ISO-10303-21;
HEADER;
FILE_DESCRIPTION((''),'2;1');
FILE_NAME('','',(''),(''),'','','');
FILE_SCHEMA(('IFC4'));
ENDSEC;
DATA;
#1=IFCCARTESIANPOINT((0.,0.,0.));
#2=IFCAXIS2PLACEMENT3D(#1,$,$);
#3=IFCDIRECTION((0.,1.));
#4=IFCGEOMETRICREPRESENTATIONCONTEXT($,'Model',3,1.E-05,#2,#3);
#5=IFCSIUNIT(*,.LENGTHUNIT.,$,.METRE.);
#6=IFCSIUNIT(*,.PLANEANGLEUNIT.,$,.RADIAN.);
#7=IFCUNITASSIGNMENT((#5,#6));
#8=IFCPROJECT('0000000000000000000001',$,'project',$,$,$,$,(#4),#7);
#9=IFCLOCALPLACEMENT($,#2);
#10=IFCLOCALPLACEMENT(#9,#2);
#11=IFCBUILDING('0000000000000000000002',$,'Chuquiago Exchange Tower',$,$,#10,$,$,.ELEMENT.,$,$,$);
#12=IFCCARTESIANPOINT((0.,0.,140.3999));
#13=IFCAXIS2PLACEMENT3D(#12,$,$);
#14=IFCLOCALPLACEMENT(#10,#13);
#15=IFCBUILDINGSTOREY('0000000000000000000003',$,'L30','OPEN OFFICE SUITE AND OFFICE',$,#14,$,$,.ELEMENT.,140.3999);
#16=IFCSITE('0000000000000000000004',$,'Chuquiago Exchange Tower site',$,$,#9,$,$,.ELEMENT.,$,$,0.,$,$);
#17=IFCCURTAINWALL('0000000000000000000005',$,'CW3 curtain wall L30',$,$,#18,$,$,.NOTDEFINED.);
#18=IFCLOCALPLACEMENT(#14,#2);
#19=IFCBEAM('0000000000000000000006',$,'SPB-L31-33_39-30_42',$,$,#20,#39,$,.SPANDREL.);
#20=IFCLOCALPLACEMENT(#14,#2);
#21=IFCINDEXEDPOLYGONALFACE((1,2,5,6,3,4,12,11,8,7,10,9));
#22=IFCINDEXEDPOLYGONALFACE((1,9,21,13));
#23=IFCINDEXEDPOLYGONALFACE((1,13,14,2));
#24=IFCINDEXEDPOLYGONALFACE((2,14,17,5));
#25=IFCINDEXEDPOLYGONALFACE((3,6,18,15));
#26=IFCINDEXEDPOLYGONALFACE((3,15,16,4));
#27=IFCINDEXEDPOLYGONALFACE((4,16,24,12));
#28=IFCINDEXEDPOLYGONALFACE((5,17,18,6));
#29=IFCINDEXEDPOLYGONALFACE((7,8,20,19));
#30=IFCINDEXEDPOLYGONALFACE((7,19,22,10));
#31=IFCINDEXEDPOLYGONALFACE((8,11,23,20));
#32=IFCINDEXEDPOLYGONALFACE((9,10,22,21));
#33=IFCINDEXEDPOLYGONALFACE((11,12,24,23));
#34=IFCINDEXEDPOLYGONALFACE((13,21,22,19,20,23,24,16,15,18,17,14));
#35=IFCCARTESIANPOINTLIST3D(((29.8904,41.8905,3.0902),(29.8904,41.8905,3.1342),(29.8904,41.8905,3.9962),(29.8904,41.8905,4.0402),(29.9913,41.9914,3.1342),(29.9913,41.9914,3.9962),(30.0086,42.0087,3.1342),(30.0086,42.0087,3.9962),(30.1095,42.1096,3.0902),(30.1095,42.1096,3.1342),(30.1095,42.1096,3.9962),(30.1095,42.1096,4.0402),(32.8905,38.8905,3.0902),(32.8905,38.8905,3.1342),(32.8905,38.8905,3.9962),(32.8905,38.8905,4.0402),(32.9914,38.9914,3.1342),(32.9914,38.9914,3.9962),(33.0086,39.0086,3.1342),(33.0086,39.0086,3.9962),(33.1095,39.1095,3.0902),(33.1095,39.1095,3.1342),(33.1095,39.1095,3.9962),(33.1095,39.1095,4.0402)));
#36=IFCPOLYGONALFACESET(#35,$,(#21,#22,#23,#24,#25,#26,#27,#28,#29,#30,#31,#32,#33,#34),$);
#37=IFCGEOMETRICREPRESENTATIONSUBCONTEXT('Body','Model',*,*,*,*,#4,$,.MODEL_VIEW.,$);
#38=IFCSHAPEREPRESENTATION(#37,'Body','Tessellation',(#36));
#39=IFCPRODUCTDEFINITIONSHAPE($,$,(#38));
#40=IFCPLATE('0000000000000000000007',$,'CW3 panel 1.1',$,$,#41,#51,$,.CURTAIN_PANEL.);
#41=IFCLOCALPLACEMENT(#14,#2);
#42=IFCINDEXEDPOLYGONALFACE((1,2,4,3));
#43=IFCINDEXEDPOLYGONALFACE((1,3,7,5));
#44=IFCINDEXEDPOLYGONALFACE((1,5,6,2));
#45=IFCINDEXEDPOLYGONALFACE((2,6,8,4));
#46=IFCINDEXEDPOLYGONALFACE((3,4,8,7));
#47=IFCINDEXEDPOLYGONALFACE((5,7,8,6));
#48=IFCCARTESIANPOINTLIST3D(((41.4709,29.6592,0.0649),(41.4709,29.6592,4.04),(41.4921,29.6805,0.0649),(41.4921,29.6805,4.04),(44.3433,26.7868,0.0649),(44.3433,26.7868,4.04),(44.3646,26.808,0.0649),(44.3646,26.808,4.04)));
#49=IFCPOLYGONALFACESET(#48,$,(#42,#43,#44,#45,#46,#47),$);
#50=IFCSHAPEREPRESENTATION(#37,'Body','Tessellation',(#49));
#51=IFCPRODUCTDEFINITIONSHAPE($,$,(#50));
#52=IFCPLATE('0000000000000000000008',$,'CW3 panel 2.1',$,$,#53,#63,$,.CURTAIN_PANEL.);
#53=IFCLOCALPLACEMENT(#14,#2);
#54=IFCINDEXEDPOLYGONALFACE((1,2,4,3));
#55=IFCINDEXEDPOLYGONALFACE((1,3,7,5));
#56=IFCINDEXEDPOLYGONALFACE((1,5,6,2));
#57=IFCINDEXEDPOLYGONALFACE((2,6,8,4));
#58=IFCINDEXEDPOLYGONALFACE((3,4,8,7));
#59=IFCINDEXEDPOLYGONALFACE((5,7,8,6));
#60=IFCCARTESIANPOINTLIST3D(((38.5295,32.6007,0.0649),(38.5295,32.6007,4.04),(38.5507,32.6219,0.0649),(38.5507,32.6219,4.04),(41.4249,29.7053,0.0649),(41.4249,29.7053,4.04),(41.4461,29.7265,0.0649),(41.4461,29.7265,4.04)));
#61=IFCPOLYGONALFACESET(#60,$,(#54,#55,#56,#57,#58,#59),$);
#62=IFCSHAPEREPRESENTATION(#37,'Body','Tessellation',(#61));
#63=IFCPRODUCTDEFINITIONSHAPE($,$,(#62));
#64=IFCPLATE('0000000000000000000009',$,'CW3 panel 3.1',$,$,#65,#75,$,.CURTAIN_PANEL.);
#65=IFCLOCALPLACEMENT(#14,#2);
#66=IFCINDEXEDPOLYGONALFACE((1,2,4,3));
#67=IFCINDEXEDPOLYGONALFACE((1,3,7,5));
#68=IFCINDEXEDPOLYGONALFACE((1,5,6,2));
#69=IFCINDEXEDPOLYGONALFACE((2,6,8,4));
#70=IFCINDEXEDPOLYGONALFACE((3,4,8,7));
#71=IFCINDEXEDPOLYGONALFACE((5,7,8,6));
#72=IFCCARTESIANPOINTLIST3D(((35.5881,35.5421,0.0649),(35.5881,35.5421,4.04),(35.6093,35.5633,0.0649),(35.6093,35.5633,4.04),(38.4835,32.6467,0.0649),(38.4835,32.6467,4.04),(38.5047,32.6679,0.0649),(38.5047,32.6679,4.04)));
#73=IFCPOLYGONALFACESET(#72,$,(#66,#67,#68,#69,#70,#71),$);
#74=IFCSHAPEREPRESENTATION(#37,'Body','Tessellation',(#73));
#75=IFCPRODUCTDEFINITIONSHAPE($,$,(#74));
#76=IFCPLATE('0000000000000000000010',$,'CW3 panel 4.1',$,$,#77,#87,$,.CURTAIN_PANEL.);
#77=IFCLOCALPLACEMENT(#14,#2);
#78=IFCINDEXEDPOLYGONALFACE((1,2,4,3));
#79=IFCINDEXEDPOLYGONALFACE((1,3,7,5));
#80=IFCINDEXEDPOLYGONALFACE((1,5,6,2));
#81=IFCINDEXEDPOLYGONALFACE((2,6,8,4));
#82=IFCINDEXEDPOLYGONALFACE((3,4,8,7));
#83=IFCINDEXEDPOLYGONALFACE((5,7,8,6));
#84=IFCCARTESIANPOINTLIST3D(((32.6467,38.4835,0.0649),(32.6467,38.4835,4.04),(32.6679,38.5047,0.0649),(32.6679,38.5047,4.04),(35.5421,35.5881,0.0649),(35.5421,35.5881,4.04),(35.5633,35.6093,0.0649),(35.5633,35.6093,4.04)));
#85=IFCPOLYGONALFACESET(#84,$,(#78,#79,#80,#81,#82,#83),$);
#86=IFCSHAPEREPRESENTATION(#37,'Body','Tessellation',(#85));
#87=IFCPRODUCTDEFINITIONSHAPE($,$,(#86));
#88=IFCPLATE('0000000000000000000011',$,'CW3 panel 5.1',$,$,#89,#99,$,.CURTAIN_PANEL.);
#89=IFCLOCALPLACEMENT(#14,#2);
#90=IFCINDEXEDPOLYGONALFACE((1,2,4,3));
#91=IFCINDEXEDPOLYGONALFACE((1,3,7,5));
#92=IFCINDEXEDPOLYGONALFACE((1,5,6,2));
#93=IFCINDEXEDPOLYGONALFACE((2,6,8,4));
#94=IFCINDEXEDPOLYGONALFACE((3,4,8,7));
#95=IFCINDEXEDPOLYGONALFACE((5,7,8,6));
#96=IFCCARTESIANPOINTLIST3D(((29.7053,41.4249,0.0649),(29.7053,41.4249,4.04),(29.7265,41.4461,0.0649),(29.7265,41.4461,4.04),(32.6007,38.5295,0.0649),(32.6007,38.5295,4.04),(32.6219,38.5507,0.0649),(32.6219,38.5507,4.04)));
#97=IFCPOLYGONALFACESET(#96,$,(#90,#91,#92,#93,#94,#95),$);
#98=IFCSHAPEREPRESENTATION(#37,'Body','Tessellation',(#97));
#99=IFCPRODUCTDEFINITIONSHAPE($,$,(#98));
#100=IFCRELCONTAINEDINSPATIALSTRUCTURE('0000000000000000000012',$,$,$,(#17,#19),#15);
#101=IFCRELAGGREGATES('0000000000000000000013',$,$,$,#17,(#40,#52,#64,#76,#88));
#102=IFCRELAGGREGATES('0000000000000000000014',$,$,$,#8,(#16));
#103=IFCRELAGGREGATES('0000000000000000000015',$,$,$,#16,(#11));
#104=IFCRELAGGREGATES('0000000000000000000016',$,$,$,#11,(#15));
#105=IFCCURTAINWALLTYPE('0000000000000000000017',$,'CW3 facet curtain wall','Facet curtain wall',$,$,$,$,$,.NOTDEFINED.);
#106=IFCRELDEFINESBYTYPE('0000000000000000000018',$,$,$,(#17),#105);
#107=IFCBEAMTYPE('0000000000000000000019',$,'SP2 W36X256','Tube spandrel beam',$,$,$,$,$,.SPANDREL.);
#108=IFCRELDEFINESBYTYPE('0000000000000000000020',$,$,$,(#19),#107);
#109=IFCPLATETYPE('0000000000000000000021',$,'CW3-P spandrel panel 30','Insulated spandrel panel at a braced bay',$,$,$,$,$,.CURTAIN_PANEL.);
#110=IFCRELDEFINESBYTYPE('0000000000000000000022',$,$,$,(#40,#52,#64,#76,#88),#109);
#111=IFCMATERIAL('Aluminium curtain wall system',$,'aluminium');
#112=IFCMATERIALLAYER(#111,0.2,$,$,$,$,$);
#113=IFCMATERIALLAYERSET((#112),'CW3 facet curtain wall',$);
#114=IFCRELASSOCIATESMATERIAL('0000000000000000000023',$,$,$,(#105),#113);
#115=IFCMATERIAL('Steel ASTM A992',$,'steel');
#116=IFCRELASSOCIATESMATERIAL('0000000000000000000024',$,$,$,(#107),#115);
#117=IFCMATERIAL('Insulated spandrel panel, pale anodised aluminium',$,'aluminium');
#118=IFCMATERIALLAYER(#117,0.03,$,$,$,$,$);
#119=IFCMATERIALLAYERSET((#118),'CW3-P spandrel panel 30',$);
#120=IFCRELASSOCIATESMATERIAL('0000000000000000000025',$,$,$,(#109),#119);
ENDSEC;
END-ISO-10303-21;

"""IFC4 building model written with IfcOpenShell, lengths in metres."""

from ifc_helpers import new_model, si_unit, direction, frame, origin, origin_2d, place, context, subcontext, project, spatial, rectangle, i_section, extrude, material, layer, layer_set, material_profile, profile_set, type_object, element, aggregate, save


model = new_model("IFC4")

# Units and contexts
model_context = context("Model", 3, precision=1e-05, world=origin(), true_north=direction((0.0, 1.0)))
body_context = subcontext(model_context, "Body", "Model", "MODEL_VIEW")
ifc_project = project(units=[si_unit("LENGTHUNIT", "METRE"), si_unit("PLANEANGLEUNIT", "RADIAN")], contexts=[model_context])

# Site, building, storey
site_placement = place(None, origin())
site = spatial("IfcSite", under=ifc_project, at=site_placement, Name="Chuquiago Exchange Tower site", CompositionType="ELEMENT", RefElevation=0.0)
building_placement = place(site_placement, origin())
building = spatial("IfcBuilding", under=site, at=building_placement, Name="Chuquiago Exchange Tower", CompositionType="ELEMENT")
storey_placement = place(building_placement, frame((0.0, 0.0, 140.3999)))
storey = spatial("IfcBuildingStorey", under=building, at=storey_placement, Name="L30", Description="OPEN OFFICE SUITE AND OFFICE", CompositionType="ELEMENT", Elevation=140.3999)

# Curtain wall
ifc_material_1 = material(Name="Aluminium curtain wall system", Category="aluminium")
ifc_layer_1 = layer(ifc_material_1, 0.2)
ifc_layer_set_1 = layer_set([ifc_layer_1], Name="CW3 facet curtain wall")
curtain_wall_type = type_object("IfcCurtainWallType", Name="CW3 facet curtain wall", Description="Facet curtain wall", PredefinedType="NOTDEFINED", material=ifc_layer_set_1)
curtain_wall_placement = place(storey_placement, origin())
curtain_wall = element("IfcCurtainWall", 1, at=curtain_wall_placement, inside=storey, type_object=curtain_wall_type, Name="CW3 curtain wall L30", PredefinedType="NOTDEFINED")

# Beam
ifc_material_2 = material(Name="Steel ASTM A992", Category="steel")
ifc_material_profile_1 = material_profile(ifc_material_2, i_section(OverallWidth=0.3098, OverallDepth=0.95, WebThickness=0.0244, FlangeThickness=0.0439, at=origin_2d()), Name="W36X256")
ifc_profile_set_1 = profile_set([ifc_material_profile_1], Name="Steel ASTM A992")
beam_type_1 = type_object("IfcBeamType", Name="SP2 W36X256", Description="Tube spandrel beam", PredefinedType="SPANDREL", material=ifc_profile_set_1)
for number, where, z_axis, x_axis, name in (
    (2, (33.0, 39.0, 3.5652), (-0.707107, 0.707107, 0.0), (-0.707107, -0.707107, 0.0), "SPB-L31-33_39-30_42"),
):
    element("IfcBeam", number, at=place(storey_placement, frame(where, z_axis=z_axis, x_axis=x_axis)), inside=storey, type_object=beam_type_1, Name=name, PredefinedType="SPANDREL", context=body_context, shape_type="SweptSolid", body=[
        extrude(i_section(OverallWidth=0.3098, OverallDepth=0.95, WebThickness=0.0244, FlangeThickness=0.0439, at=origin_2d()), origin(), (0.0, 0.0, 1.0), 4.2427),
    ])

# Plates
ifc_material_3 = material(Name="Insulated spandrel panel, pale anodised aluminium", Category="aluminium")
ifc_layer_2 = layer(ifc_material_3, 0.03)
ifc_layer_set_2 = layer_set([ifc_layer_2], Name="CW3-P spandrel panel 30")
plate_type = type_object("IfcPlateType", Name="CW3-P spandrel panel 30", Description="Insulated spandrel panel at a braced bay", PredefinedType="CURTAIN_PANEL", material=ifc_layer_set_2)
plate_1_placement = place(storey_placement, frame((42.9177, 28.2336, 0.0649), z_axis=(0.0, 0.0, 1.0), x_axis=(-0.707107, 0.707107, 0.0)))
plate_1 = element("IfcPlate", 3, at=plate_1_placement, type_object=plate_type, Name="CW3 panel 1.1", PredefinedType="CURTAIN_PANEL", context=body_context, shape_type="SweptSolid", body=[
    extrude(rectangle(XDim=4.0623, YDim=0.03, at=origin_2d()), origin(), (0.0, 0.0, 1.0), 3.9751),
])
plate_2_placement = place(storey_placement, frame((39.9878, 31.1636, 0.0649), z_axis=(0.0, 0.0, 1.0), x_axis=(-0.707107, 0.707107, 0.0)))
plate_2 = element("IfcPlate", 4, at=plate_2_placement, type_object=plate_type, Name="CW3 panel 2.1", PredefinedType="CURTAIN_PANEL", context=body_context, shape_type="SweptSolid", body=[
    extrude(rectangle(XDim=4.0947, YDim=0.03, at=origin_2d()), origin(), (0.0, 0.0, 1.0), 3.9751),
])
plate_3_placement = place(storey_placement, frame((37.0464, 34.105, 0.0649), z_axis=(0.0, 0.0, 1.0), x_axis=(-0.707107, 0.707107, 0.0)))
plate_3 = element("IfcPlate", 5, at=plate_3_placement, type_object=plate_type, Name="CW3 panel 3.1", PredefinedType="CURTAIN_PANEL", context=body_context, shape_type="SweptSolid", body=[
    extrude(rectangle(XDim=4.0947, YDim=0.03, at=origin_2d()), origin(), (0.0, 0.0, 1.0), 3.9751),
])
plate_4_placement = place(storey_placement, frame((34.105, 37.0464, 0.0649), z_axis=(0.0, 0.0, 1.0), x_axis=(-0.707107, 0.707107, 0.0)))
plate_4 = element("IfcPlate", 6, at=plate_4_placement, type_object=plate_type, Name="CW3 panel 4.1", PredefinedType="CURTAIN_PANEL", context=body_context, shape_type="SweptSolid", body=[
    extrude(rectangle(XDim=4.0947, YDim=0.03, at=origin_2d()), origin(), (0.0, 0.0, 1.0), 3.9751),
])
plate_5_placement = place(storey_placement, frame((31.1636, 39.9878, 0.0649), z_axis=(0.0, 0.0, 1.0), x_axis=(-0.707107, 0.707107, 0.0)))
plate_5 = element("IfcPlate", 7, at=plate_5_placement, type_object=plate_type, Name="CW3 panel 5.1", PredefinedType="CURTAIN_PANEL", context=body_context, shape_type="SweptSolid", body=[
    extrude(rectangle(XDim=4.0947, YDim=0.03, at=origin_2d()), origin(), (0.0, 0.0, 1.0), 3.9751),
])
aggregate(curtain_wall, [plate_1, plate_2, plate_3, plate_4, plate_5])

save(model, "model.ifc")
